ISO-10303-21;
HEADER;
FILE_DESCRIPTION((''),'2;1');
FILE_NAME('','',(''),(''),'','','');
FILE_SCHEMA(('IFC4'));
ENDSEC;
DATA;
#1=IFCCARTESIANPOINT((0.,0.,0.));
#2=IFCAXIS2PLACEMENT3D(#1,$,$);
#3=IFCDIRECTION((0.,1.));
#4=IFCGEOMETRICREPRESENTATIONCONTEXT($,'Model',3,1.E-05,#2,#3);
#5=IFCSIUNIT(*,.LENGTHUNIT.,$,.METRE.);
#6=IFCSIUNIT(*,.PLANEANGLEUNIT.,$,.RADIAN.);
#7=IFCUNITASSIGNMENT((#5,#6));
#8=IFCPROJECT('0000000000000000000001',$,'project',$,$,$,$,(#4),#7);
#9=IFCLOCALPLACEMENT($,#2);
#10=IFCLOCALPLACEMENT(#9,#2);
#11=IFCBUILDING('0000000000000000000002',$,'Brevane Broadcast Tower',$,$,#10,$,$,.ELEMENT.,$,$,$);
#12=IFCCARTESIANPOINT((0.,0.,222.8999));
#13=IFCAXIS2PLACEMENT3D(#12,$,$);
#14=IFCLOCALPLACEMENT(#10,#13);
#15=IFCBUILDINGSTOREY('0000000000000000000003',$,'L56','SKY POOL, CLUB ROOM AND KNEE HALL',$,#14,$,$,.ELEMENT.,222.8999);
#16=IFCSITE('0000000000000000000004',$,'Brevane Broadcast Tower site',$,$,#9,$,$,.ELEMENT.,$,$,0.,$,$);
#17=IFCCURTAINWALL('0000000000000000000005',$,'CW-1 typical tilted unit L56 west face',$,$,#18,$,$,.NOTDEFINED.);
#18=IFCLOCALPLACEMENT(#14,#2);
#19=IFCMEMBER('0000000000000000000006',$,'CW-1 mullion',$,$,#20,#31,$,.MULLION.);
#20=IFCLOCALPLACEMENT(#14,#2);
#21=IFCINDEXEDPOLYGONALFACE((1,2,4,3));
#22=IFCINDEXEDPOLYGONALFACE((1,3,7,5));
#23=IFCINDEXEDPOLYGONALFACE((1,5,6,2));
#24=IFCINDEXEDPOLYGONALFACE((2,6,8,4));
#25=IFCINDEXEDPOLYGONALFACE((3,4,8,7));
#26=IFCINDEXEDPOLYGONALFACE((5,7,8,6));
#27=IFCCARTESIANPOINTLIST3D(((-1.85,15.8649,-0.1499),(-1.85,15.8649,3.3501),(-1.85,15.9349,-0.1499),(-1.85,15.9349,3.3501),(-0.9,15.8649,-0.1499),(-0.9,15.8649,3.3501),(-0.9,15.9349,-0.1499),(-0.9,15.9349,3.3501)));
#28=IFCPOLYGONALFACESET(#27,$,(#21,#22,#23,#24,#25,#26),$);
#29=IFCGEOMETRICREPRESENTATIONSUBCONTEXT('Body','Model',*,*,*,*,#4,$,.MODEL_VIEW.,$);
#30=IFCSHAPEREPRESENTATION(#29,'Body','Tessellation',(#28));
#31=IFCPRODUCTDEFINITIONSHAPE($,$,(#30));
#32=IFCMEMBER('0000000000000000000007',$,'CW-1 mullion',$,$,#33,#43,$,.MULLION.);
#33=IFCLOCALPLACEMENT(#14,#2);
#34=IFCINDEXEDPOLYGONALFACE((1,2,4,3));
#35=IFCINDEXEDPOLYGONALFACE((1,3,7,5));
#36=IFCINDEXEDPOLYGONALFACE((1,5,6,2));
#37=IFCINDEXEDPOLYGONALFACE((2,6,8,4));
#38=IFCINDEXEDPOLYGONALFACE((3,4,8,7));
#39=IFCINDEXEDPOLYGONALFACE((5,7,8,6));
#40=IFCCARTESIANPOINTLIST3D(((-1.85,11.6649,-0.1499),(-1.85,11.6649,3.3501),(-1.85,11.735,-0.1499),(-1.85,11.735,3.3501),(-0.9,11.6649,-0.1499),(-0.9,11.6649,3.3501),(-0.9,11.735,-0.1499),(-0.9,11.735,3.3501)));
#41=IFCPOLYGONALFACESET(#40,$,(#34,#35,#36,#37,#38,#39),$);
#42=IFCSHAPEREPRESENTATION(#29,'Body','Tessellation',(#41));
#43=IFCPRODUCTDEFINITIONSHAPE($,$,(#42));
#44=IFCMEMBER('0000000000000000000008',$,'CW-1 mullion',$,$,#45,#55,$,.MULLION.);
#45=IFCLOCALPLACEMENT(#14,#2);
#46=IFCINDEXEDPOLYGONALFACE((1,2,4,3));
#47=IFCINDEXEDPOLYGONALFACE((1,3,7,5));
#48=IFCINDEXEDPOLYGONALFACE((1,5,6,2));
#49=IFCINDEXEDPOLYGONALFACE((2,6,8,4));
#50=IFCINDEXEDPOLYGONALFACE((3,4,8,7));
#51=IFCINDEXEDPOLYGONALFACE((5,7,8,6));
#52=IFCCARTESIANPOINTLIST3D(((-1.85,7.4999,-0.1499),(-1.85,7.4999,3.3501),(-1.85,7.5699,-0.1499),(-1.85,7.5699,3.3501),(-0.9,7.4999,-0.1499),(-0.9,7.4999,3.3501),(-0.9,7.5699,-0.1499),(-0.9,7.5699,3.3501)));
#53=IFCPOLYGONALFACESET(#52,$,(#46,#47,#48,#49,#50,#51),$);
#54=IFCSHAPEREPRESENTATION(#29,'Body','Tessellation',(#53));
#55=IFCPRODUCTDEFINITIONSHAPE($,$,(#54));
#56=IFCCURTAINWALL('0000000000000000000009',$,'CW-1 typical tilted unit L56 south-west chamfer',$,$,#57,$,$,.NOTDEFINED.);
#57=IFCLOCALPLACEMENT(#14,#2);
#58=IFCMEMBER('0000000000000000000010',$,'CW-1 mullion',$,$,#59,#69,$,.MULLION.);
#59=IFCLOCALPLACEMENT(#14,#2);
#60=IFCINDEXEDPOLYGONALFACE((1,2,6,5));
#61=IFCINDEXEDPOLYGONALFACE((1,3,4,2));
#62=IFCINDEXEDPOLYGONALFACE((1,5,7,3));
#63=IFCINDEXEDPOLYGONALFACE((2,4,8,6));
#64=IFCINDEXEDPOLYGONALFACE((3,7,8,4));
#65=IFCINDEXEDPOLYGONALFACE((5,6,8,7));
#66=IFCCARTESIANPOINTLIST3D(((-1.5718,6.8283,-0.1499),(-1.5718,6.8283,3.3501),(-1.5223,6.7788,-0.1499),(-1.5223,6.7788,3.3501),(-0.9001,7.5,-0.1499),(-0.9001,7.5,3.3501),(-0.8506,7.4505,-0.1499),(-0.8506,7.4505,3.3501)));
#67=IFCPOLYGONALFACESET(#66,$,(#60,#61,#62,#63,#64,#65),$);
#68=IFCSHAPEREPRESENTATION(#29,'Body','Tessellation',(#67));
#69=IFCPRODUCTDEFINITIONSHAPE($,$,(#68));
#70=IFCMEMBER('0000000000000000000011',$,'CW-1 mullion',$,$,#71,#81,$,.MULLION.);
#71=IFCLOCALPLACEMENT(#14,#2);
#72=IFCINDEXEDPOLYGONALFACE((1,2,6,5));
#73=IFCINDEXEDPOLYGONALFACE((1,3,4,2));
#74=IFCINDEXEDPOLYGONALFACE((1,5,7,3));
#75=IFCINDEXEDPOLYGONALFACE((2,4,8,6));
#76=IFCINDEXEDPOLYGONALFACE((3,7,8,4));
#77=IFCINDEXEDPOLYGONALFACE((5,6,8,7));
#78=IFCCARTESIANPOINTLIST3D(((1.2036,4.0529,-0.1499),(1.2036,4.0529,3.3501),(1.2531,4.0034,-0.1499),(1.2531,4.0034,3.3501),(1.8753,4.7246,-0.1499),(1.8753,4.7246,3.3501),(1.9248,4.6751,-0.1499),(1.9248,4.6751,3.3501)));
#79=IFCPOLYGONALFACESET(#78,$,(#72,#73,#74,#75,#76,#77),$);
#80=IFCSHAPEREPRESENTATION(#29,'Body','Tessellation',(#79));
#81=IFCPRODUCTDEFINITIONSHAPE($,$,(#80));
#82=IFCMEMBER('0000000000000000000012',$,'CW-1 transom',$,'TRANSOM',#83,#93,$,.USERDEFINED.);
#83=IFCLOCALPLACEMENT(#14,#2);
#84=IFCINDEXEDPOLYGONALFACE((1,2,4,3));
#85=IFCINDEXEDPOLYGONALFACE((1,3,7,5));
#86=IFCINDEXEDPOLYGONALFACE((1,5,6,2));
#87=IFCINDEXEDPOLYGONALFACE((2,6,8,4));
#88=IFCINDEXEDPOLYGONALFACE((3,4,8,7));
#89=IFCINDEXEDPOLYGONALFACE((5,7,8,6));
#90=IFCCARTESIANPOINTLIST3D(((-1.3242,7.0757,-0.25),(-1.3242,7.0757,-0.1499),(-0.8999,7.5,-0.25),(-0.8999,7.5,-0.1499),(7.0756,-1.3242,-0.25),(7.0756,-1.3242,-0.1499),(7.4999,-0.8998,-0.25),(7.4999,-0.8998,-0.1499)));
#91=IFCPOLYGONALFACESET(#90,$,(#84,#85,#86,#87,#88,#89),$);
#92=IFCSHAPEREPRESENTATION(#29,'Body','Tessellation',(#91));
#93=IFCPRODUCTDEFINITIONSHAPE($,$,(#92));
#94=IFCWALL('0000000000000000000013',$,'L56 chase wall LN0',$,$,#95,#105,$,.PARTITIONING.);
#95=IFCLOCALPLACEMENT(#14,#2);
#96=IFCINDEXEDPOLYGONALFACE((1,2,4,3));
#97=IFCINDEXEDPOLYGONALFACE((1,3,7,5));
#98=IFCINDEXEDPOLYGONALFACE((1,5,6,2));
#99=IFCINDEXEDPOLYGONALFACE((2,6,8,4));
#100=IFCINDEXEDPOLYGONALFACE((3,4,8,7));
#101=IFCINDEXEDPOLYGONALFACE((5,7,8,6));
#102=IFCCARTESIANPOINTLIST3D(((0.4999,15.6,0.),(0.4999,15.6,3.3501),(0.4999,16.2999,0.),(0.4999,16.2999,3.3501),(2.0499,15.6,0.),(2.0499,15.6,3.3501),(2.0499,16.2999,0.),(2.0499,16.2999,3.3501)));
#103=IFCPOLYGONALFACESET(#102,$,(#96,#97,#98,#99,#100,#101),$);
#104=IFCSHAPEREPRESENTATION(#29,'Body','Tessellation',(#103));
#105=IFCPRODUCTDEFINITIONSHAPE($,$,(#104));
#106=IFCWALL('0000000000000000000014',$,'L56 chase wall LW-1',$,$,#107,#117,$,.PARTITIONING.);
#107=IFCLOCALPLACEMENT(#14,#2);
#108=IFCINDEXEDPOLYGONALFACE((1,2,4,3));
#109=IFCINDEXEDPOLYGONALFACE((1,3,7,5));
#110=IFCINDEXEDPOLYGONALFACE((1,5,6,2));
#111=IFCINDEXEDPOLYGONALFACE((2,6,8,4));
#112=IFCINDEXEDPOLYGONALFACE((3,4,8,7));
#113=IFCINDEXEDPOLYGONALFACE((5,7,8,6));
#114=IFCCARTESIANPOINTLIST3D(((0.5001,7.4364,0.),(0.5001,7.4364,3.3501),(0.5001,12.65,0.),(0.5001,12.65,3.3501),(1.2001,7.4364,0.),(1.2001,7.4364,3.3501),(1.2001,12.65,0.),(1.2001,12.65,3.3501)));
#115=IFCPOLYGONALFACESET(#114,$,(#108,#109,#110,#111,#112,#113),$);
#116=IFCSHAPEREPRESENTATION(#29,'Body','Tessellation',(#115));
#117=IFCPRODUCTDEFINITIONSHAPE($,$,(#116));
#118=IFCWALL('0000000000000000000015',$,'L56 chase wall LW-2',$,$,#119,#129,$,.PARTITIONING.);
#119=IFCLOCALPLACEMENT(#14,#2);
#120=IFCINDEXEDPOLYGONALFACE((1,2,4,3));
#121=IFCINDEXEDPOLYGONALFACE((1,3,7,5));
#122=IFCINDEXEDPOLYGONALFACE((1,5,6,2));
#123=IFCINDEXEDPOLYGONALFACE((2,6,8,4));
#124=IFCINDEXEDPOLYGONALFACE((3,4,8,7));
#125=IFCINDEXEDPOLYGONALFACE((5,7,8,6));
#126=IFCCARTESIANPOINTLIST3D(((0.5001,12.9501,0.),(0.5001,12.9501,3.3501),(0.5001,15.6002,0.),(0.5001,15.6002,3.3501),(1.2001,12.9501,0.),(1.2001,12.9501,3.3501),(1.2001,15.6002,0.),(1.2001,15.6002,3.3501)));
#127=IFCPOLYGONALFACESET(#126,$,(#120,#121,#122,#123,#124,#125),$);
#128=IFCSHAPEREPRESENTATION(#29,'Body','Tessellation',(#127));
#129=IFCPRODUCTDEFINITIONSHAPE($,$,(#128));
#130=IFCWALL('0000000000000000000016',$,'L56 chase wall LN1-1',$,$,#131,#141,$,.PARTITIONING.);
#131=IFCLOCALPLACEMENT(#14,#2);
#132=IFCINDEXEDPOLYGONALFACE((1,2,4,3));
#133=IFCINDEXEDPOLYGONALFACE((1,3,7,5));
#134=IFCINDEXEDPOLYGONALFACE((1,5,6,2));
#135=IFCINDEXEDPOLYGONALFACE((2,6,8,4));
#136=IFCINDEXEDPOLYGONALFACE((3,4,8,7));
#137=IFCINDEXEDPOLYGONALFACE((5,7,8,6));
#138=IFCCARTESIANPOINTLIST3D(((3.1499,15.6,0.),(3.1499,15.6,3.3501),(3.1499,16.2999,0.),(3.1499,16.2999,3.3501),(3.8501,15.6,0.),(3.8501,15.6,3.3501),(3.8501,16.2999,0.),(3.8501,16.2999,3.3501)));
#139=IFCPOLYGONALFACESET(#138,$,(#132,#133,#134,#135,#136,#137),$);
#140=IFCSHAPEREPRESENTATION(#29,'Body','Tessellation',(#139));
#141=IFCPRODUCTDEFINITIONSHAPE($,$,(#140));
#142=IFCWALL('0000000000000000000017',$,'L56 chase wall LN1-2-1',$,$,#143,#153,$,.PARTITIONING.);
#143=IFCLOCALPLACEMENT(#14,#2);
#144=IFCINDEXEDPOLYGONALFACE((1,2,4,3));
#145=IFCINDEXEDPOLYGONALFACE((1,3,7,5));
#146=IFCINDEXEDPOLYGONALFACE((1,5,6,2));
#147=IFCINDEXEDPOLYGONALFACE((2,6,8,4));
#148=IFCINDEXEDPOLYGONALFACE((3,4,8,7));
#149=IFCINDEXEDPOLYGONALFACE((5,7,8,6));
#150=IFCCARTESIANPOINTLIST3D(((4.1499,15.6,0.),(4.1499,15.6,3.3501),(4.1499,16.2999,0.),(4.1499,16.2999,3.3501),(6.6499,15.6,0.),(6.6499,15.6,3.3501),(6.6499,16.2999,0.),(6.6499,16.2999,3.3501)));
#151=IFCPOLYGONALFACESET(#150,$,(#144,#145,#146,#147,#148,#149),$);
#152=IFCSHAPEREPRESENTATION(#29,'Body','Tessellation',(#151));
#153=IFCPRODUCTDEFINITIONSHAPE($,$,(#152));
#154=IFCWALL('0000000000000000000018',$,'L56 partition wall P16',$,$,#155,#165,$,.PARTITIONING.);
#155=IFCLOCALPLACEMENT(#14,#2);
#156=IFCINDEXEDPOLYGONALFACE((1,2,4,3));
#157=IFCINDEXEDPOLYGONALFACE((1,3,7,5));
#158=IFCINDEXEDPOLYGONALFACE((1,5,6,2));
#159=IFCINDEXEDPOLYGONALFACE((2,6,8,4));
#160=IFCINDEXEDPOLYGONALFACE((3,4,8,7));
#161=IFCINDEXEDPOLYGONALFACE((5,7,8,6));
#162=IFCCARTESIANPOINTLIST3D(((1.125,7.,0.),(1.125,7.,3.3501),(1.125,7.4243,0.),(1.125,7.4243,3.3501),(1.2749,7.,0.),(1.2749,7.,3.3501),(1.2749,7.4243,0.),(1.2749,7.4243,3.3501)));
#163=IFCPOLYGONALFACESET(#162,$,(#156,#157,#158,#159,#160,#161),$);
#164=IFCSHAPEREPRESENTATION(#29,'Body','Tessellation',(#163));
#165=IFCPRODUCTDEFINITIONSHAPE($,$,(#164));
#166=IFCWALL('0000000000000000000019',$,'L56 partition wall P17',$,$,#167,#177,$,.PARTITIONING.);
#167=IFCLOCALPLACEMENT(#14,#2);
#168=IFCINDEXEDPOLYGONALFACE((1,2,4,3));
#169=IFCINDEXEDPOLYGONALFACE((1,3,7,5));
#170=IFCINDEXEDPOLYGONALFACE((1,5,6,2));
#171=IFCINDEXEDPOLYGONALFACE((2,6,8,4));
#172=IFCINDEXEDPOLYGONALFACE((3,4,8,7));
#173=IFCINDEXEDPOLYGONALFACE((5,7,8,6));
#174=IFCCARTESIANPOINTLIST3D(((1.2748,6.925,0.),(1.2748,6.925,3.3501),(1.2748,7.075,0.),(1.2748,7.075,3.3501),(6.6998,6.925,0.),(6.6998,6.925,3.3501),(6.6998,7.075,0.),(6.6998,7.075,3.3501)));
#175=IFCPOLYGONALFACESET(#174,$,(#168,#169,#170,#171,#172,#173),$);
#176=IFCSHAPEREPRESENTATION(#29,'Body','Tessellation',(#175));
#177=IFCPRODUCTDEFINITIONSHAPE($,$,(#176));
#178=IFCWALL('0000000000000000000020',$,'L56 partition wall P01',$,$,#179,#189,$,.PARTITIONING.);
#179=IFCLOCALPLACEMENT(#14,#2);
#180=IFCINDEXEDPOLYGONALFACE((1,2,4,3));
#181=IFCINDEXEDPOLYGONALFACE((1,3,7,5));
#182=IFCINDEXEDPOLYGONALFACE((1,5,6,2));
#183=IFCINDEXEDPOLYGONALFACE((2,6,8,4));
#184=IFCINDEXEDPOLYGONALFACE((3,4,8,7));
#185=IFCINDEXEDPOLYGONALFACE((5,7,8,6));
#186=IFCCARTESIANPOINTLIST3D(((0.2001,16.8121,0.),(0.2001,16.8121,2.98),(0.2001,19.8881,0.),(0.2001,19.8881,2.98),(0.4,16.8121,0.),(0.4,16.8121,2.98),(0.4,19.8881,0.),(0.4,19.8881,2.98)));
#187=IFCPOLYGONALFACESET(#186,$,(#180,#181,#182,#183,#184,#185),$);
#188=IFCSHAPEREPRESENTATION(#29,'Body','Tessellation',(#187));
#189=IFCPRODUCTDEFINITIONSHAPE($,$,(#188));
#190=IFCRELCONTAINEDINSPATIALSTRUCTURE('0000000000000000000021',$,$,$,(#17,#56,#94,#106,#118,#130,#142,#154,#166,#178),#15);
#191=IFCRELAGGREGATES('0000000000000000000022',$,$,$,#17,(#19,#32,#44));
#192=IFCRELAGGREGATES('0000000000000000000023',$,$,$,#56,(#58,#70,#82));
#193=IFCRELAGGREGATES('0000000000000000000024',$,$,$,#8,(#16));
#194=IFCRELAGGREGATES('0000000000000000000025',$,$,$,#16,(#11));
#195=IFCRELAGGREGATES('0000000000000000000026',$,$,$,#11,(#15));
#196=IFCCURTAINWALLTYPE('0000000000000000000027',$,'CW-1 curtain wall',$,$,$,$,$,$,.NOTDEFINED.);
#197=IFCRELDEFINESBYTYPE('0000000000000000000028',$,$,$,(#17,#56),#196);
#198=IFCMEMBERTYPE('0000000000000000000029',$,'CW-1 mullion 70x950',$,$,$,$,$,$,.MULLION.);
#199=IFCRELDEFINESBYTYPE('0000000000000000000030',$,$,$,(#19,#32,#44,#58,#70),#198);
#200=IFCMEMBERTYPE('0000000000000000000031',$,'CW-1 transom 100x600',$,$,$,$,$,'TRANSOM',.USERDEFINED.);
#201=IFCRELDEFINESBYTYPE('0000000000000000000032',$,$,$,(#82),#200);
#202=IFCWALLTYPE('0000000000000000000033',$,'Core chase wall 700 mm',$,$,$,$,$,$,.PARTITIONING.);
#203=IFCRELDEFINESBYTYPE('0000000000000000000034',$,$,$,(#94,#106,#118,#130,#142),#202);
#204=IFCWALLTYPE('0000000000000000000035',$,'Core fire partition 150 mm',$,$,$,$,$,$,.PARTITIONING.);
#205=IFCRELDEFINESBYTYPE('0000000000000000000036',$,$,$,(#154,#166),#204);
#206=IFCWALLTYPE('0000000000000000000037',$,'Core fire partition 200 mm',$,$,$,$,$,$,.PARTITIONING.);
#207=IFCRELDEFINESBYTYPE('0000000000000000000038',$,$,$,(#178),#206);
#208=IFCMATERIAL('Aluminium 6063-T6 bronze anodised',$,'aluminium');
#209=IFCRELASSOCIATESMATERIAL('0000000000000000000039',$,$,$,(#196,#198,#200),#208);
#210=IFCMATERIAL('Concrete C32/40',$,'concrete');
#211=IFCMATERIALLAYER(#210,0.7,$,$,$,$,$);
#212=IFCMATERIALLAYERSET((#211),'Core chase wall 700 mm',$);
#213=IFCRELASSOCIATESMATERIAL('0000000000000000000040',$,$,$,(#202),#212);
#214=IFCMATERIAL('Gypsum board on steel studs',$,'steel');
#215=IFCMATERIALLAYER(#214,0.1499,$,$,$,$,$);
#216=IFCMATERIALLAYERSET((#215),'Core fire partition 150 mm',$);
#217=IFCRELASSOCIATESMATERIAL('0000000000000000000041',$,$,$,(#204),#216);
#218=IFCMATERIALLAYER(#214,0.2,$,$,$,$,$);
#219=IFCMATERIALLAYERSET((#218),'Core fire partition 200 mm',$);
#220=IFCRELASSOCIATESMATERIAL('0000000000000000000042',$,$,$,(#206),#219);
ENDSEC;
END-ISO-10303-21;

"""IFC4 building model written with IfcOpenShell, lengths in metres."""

from ifc_helpers import new_model, si_unit, direction, frame, frame_2d, origin, origin_2d, place, context, subcontext, project, spatial, rectangle, extrude, material, layer, layer_set, material_profile, profile_set, type_object, element, aggregate, save


model = new_model("IFC4")

# Units and contexts
model_context = context("Model", 3, precision=1e-05, world=origin(), true_north=direction((0.0, 1.0)))
body_context = subcontext(model_context, "Body", "Model", "MODEL_VIEW")
ifc_project = project(units=[si_unit("LENGTHUNIT", "METRE"), si_unit("PLANEANGLEUNIT", "RADIAN")], contexts=[model_context])

# Site, building, storey
site_placement = place(None, origin())
site = spatial("IfcSite", under=ifc_project, at=site_placement, Name="Brevane Broadcast Tower site", CompositionType="ELEMENT", RefElevation=0.0)
building_placement = place(site_placement, origin())
building = spatial("IfcBuilding", under=site, at=building_placement, Name="Brevane Broadcast Tower", CompositionType="ELEMENT")
storey_placement = place(building_placement, frame((0.0, 0.0, 222.8999)))
storey = spatial("IfcBuildingStorey", under=building, at=storey_placement, Name="L56", Description="SKY POOL, CLUB ROOM AND KNEE HALL", CompositionType="ELEMENT", Elevation=222.8999)

# Curtain walls, members
ifc_material_1 = material(Name="Aluminium 6063-T6 bronze anodised", Category="aluminium")
curtain_wall_type = type_object("IfcCurtainWallType", Name="CW-1 curtain wall", PredefinedType="NOTDEFINED", material=ifc_material_1)
curtain_wall_1_placement = place(storey_placement, origin())
curtain_wall_1 = element("IfcCurtainWall", 1, at=curtain_wall_1_placement, inside=storey, type_object=curtain_wall_type, Name="CW-1 typical tilted unit L56 west face", PredefinedType="NOTDEFINED")
ifc_material_profile_1 = material_profile(ifc_material_1, rectangle(XDim=0.95, YDim=0.0701, at=origin_2d()), Name="RECT 70x950")
ifc_profile_set_1 = profile_set([ifc_material_profile_1], Name="Aluminium 6063-T6 bronze anodised")
member_type_1 = type_object("IfcMemberType", Name="CW-1 mullion 70x950", PredefinedType="MULLION", material=ifc_profile_set_1)
member_1_placement = place(storey_placement, frame((-1.375, 15.8999, -0.1499), z_axis=(0.0, 0.0, 1.0), x_axis=(1.0, 0.0, 0.0)))
member_1 = element("IfcMember", 2, at=member_1_placement, type_object=member_type_1, Name="CW-1 mullion", PredefinedType="MULLION", context=body_context, shape_type="SweptSolid", body=[
    extrude(rectangle(XDim=0.95, YDim=0.0701, at=origin_2d()), origin(), (0.0, 0.0, 1.0), 3.5),
])
member_2_placement = place(storey_placement, frame((-1.375, 11.7, -0.1499), z_axis=(0.0, 0.0, 1.0), x_axis=(1.0, 0.0, 0.0)))
member_2 = element("IfcMember", 3, at=member_2_placement, type_object=member_type_1, Name="CW-1 mullion", PredefinedType="MULLION", context=body_context, shape_type="SweptSolid", body=[
    extrude(rectangle(XDim=0.95, YDim=0.0701, at=origin_2d()), origin(), (0.0, 0.0, 1.0), 3.5),
])
member_3_placement = place(storey_placement, frame((-1.375, 7.5349, -0.1499), z_axis=(0.0, 0.0, 1.0), x_axis=(1.0, 0.0, 0.0)))
member_3 = element("IfcMember", 4, at=member_3_placement, type_object=member_type_1, Name="CW-1 mullion", PredefinedType="MULLION", context=body_context, shape_type="SweptSolid", body=[
    extrude(rectangle(XDim=0.95, YDim=0.0701, at=origin_2d()), origin(), (0.0, 0.0, 1.0), 3.5),
])
aggregate(curtain_wall_1, [member_1, member_2, member_3])
curtain_wall_2_placement = place(storey_placement, origin())
curtain_wall_2 = element("IfcCurtainWall", 5, at=curtain_wall_2_placement, inside=storey, type_object=curtain_wall_type, Name="CW-1 typical tilted unit L56 south-west chamfer", PredefinedType="NOTDEFINED")
member_4_placement = place(storey_placement, frame((-1.2112, 7.1394, -0.1499), z_axis=(0.0, 0.0, 1.0), x_axis=(0.707107, 0.707107, 0.0)))
member_4 = element("IfcMember", 6, at=member_4_placement, type_object=member_type_1, Name="CW-1 mullion", PredefinedType="MULLION", context=body_context, shape_type="SweptSolid", body=[
    extrude(rectangle(XDim=0.95, YDim=0.0701, at=origin_2d()), origin(), (0.0, 0.0, 1.0), 3.5),
])
member_5_placement = place(storey_placement, frame((1.5642, 4.364, -0.1499), z_axis=(0.0, 0.0, 1.0), x_axis=(0.707107, 0.707107, 0.0)))
member_5 = element("IfcMember", 7, at=member_5_placement, type_object=member_type_1, Name="CW-1 mullion", PredefinedType="MULLION", context=body_context, shape_type="SweptSolid", body=[
    extrude(rectangle(XDim=0.95, YDim=0.0701, at=origin_2d()), origin(), (0.0, 0.0, 1.0), 3.5),
])
ifc_material_profile_2 = material_profile(ifc_material_1, rectangle(XDim=0.6001, YDim=0.1001, at=origin_2d()), Name="RECT 100x600")
ifc_profile_set_2 = profile_set([ifc_material_profile_2], Name="Aluminium 6063-T6 bronze anodised")
member_type_2 = type_object("IfcMemberType", Name="CW-1 transom 100x600", ElementType="TRANSOM", PredefinedType="USERDEFINED", material=ifc_profile_set_2)
member_6_placement = place(storey_placement, frame((-1.1121, 7.2878, -0.2), z_axis=(0.707107, -0.707107, 0.0), x_axis=(0.707107, 0.707107, 0.0)))
member_6 = element("IfcMember", 8, at=member_6_placement, type_object=member_type_2, Name="CW-1 transom", ObjectType="TRANSOM", PredefinedType="USERDEFINED", context=body_context, shape_type="SweptSolid", body=[
    extrude(rectangle(XDim=0.6001, YDim=0.1001, at=origin_2d()), origin(), (0.0, 0.0, 1.0), 11.8792),
])
aggregate(curtain_wall_2, [member_4, member_5, member_6])

# Walls
ifc_material_2 = material(Name="Concrete C32/40", Category="concrete")
ifc_layer_1 = layer(ifc_material_2, 0.7)
ifc_layer_set_1 = layer_set([ifc_layer_1], Name="Core chase wall 700 mm")
wall_type_1 = type_object("IfcWallType", Name="Core chase wall 700 mm", PredefinedType="PARTITIONING", material=ifc_layer_set_1)
wall_1_placement = place(storey_placement, frame((0.5, 15.95, 0.0), z_axis=(0.0, 0.0, 1.0), x_axis=(1.0, 0.0, 0.0)))
element("IfcWall", 9, at=wall_1_placement, inside=storey, type_object=wall_type_1, Name="L56 chase wall LN0", PredefinedType="PARTITIONING", context=body_context, shape_type="SweptSolid", body=[
    extrude(rectangle(XDim=1.55, YDim=0.7, at=frame_2d((0.7749, 0.0))), origin(), (0.0, 0.0, 1.0), 3.3501),
])
wall_2_placement = place(storey_placement, frame((0.8501, 7.4363, 0.0), z_axis=(0.0, 0.0, 1.0), x_axis=(0.0, 1.0, 0.0)))
element("IfcWall", 10, at=wall_2_placement, inside=storey, type_object=wall_type_1, Name="L56 chase wall LW-1", PredefinedType="PARTITIONING", context=body_context, shape_type="SweptSolid", body=[
    extrude(rectangle(XDim=5.2136, YDim=0.7, at=frame_2d((2.6069, 0.0))), origin(), (0.0, 0.0, 1.0), 3.3501),
])
wall_3_placement = place(storey_placement, frame((0.8501, 12.95, 0.0), z_axis=(0.0, 0.0, 1.0), x_axis=(0.0, 1.0, 0.0)))
element("IfcWall", 11, at=wall_3_placement, inside=storey, type_object=wall_type_1, Name="L56 chase wall LW-2", PredefinedType="PARTITIONING", context=body_context, shape_type="SweptSolid", body=[
    extrude(rectangle(XDim=2.6501, YDim=0.7, at=frame_2d((1.3252, 0.0))), origin(), (0.0, 0.0, 1.0), 3.3501),
])
wall_4_placement = place(storey_placement, frame((3.1499, 15.95, 0.0), z_axis=(0.0, 0.0, 1.0), x_axis=(1.0, 0.0, 0.0)))
element("IfcWall", 12, at=wall_4_placement, inside=storey, type_object=wall_type_1, Name="L56 chase wall LN1-1", PredefinedType="PARTITIONING", context=body_context, shape_type="SweptSolid", body=[
    extrude(rectangle(XDim=0.7002, YDim=0.7, at=frame_2d((0.3501, 0.0))), origin(), (0.0, 0.0, 1.0), 3.3501),
])
wall_5_placement = place(storey_placement, frame((4.1499, 15.95, 0.0), z_axis=(0.0, 0.0, 1.0), x_axis=(1.0, 0.0, 0.0)))
element("IfcWall", 13, at=wall_5_placement, inside=storey, type_object=wall_type_1, Name="L56 chase wall LN1-2-1", PredefinedType="PARTITIONING", context=body_context, shape_type="SweptSolid", body=[
    extrude(rectangle(XDim=2.5, YDim=0.7, at=frame_2d((1.25, 0.0))), origin(), (0.0, 0.0, 1.0), 3.3501),
])
ifc_material_3 = material(Name="Gypsum board on steel studs", Category="steel")
ifc_layer_2 = layer(ifc_material_3, 0.1499)
ifc_layer_set_2 = layer_set([ifc_layer_2], Name="Core fire partition 150 mm")
wall_type_2 = type_object("IfcWallType", Name="Core fire partition 150 mm", PredefinedType="PARTITIONING", material=ifc_layer_set_2)
wall_6_placement = place(storey_placement, frame((1.2, 7.4243, 0.0), z_axis=(0.0, 0.0, 1.0), x_axis=(0.0, -1.0, 0.0)))
element("IfcWall", 14, at=wall_6_placement, inside=storey, type_object=wall_type_2, Name="L56 partition wall P16", PredefinedType="PARTITIONING", context=body_context, shape_type="SweptSolid", body=[
    extrude(rectangle(XDim=0.4243, YDim=0.1499, at=frame_2d((0.2122, 0.0))), origin(), (0.0, 0.0, 1.0), 3.3501),
])
wall_7_placement = place(storey_placement, frame((1.2749, 7.0, 0.0), z_axis=(0.0, 0.0, 1.0), x_axis=(1.0, 0.0, 0.0)))
element("IfcWall", 15, at=wall_7_placement, inside=storey, type_object=wall_type_2, Name="L56 partition wall P17", PredefinedType="PARTITIONING", context=body_context, shape_type="SweptSolid", body=[
    extrude(rectangle(XDim=5.425, YDim=0.1499, at=frame_2d((2.7124, 0.0))), origin(), (0.0, 0.0, 1.0), 3.3501),
])
ifc_layer_3 = layer(ifc_material_3, 0.2)
ifc_layer_set_3 = layer_set([ifc_layer_3], Name="Core fire partition 200 mm")
wall_type_3 = type_object("IfcWallType", Name="Core fire partition 200 mm", PredefinedType="PARTITIONING", material=ifc_layer_set_3)
wall_8_placement = place(storey_placement, frame((0.3, 16.812, 0.0), z_axis=(0.0, 0.0, 1.0), x_axis=(0.0, 1.0, 0.0)))
element("IfcWall", 16, at=wall_8_placement, inside=storey, type_object=wall_type_3, Name="L56 partition wall P01", PredefinedType="PARTITIONING", context=body_context, shape_type="SweptSolid", body=[
    extrude(rectangle(XDim=3.0759, YDim=0.2, at=frame_2d((1.5381, 0.0))), origin(), (0.0, 0.0, 1.0), 2.98),
])

save(model, "model.ifc")
